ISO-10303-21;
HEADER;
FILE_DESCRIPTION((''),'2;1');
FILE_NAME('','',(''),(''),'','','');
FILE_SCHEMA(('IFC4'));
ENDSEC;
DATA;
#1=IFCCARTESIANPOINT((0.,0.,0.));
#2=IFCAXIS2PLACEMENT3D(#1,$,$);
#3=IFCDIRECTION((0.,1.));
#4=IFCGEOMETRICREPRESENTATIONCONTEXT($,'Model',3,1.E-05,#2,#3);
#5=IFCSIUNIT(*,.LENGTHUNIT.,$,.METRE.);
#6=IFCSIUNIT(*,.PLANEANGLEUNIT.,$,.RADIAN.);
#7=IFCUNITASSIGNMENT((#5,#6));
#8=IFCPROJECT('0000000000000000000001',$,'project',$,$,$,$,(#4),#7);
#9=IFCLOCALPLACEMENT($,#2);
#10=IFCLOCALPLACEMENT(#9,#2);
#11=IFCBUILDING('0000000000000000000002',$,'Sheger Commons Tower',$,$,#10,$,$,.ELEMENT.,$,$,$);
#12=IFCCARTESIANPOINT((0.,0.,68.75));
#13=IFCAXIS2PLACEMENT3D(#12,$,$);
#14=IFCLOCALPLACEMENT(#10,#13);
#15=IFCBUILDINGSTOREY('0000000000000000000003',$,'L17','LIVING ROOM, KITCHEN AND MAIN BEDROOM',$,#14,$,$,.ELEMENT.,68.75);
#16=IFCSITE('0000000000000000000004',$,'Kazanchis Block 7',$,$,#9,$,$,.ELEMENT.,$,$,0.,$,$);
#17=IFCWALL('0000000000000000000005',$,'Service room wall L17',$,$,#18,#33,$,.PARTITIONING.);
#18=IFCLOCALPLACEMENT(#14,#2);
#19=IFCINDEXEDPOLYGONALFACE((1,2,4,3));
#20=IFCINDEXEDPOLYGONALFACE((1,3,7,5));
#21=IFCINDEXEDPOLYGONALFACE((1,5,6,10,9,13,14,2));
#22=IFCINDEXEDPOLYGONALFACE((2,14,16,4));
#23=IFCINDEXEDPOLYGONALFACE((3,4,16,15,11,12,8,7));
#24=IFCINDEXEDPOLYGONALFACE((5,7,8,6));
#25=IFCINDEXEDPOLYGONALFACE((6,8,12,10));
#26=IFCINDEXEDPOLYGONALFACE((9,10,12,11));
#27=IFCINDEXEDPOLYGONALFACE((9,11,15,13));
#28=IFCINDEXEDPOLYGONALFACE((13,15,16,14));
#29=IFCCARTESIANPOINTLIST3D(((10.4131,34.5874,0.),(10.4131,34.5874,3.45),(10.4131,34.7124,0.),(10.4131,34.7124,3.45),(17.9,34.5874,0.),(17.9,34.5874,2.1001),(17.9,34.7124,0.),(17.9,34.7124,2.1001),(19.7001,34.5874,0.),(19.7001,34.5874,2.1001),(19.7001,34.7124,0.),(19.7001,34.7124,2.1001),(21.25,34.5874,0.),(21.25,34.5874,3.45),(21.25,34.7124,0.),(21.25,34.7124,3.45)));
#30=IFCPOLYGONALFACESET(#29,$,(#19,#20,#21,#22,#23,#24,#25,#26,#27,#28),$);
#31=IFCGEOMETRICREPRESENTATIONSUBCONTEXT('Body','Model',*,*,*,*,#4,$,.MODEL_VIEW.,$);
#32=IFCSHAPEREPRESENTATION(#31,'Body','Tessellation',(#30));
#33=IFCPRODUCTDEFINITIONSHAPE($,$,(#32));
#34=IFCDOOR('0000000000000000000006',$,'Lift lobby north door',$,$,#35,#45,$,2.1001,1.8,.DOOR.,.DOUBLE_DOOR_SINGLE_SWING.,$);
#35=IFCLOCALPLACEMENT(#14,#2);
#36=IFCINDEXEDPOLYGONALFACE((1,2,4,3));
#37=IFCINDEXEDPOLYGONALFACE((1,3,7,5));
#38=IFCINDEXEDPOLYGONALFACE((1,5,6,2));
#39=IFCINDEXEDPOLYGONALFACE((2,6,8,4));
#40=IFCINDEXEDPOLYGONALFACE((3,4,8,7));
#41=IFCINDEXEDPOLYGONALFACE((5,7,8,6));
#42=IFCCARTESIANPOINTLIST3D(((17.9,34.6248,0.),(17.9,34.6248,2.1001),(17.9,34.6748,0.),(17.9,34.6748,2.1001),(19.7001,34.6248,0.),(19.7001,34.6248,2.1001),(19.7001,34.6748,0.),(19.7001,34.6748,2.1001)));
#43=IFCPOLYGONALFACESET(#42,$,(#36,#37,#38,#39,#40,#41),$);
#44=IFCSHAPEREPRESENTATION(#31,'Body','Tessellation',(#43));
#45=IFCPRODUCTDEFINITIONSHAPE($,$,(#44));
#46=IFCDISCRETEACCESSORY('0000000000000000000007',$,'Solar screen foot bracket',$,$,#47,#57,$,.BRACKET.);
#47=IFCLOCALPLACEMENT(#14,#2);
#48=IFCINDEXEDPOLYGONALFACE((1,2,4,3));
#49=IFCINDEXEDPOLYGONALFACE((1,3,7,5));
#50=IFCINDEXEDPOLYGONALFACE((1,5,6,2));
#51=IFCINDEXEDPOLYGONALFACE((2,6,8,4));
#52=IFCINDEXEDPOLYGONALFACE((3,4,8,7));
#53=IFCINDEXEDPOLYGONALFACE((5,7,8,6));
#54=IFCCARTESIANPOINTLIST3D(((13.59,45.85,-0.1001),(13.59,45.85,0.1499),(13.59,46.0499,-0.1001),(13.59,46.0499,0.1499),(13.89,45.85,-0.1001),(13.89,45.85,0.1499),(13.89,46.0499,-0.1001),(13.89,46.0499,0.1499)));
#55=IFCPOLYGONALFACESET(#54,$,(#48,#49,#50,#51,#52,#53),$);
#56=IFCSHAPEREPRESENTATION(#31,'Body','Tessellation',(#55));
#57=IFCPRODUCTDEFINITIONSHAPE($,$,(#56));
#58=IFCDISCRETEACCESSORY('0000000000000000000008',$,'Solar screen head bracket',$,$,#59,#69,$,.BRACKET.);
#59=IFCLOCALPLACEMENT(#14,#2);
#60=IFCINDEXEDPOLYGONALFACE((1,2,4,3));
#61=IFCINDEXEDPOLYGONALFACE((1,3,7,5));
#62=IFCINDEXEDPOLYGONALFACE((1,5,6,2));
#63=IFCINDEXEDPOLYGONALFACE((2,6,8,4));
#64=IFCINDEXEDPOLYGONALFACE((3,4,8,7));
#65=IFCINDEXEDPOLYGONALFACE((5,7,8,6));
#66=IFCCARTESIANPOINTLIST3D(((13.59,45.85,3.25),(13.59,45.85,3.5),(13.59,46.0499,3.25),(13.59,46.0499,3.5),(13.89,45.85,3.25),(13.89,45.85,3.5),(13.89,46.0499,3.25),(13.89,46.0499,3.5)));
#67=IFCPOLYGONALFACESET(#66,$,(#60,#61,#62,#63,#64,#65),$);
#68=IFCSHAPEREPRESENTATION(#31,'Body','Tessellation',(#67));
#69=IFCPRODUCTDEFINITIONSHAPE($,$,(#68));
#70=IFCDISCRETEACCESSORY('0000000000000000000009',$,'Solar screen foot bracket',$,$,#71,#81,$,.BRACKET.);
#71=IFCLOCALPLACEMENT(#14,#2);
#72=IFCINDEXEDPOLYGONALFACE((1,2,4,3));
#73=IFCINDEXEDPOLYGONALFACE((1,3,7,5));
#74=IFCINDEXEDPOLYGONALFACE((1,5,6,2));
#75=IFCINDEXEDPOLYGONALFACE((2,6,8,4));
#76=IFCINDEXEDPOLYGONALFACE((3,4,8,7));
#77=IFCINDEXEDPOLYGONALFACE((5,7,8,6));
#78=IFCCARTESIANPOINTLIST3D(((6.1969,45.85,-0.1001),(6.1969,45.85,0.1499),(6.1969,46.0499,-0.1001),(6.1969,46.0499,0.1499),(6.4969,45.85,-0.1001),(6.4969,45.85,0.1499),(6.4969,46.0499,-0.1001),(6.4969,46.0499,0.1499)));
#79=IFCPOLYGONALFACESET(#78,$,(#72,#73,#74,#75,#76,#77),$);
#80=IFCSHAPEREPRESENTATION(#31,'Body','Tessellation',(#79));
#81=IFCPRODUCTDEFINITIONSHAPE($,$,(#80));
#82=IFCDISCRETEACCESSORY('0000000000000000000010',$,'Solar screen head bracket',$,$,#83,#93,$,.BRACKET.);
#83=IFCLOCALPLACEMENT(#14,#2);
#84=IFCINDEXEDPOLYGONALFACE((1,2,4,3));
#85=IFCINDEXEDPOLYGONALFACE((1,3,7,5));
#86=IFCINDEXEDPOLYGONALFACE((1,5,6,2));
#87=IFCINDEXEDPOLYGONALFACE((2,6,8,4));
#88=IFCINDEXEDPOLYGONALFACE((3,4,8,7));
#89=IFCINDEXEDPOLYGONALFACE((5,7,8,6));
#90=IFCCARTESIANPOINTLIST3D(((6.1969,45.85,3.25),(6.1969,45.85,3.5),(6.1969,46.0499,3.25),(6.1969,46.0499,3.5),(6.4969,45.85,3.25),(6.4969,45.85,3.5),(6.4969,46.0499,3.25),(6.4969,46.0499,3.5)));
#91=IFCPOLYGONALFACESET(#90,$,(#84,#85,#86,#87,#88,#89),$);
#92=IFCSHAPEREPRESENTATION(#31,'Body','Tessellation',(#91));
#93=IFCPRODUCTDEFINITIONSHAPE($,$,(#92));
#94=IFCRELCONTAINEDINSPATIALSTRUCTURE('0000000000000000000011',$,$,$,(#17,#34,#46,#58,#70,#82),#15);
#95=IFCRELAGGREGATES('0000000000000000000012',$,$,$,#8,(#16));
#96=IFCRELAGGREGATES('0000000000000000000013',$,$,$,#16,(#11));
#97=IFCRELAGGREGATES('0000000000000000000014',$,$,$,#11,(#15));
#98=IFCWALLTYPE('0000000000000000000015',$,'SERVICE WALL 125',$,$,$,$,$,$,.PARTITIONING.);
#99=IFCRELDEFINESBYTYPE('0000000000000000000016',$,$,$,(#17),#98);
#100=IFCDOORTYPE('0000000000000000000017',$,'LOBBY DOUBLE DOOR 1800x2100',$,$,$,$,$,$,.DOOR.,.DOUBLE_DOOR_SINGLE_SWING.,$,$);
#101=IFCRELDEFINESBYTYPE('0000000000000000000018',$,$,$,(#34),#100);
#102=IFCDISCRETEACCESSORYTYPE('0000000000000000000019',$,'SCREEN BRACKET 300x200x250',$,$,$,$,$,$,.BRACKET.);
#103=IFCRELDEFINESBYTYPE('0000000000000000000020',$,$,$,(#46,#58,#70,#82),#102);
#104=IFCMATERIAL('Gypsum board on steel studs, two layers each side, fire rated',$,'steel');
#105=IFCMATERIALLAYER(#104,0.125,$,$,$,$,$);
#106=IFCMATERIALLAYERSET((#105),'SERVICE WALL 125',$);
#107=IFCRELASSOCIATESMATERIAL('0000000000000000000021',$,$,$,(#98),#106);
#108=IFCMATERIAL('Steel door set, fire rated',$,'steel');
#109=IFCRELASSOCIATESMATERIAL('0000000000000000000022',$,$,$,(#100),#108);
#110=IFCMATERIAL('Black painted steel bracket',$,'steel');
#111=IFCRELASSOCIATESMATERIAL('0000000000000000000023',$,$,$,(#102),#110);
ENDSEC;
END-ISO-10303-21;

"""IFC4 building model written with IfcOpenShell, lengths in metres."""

from ifc_helpers import new_model, si_unit, direction, frame, frame_2d, origin, origin_2d, place, context, subcontext, project, spatial, rectangle, extrude, material, layer, layer_set, type_object, element, fill, save


model = new_model("IFC4")

# Units and contexts
model_context = context("Model", 3, precision=1e-05, world=origin(), true_north=direction((0.0, 1.0)))
body_context = subcontext(model_context, "Body", "Model", "MODEL_VIEW")
ifc_project = project(units=[si_unit("LENGTHUNIT", "METRE"), si_unit("PLANEANGLEUNIT", "RADIAN")], contexts=[model_context])

# Site, building, storey
site_placement = place(None, origin())
site = spatial("IfcSite", under=ifc_project, at=site_placement, Name="Kazanchis Block 7", CompositionType="ELEMENT", RefElevation=0.0)
building_placement = place(site_placement, origin())
building = spatial("IfcBuilding", under=site, at=building_placement, Name="Sheger Commons Tower", CompositionType="ELEMENT")
storey_placement = place(building_placement, frame((0.0, 0.0, 68.75)))
storey = spatial("IfcBuildingStorey", under=building, at=storey_placement, Name="L17", Description="LIVING ROOM, KITCHEN AND MAIN BEDROOM", CompositionType="ELEMENT", Elevation=68.75)

# Wall, opening, door
ifc_material_1 = material(Name="Gypsum board on steel studs, two layers each side, fire rated", Category="steel")
ifc_layer_1 = layer(ifc_material_1, 0.125)
ifc_layer_set_1 = layer_set([ifc_layer_1], Name="SERVICE WALL 125")
wall_type_1 = type_object("IfcWallType", Name="SERVICE WALL 125", PredefinedType="PARTITIONING", material=ifc_layer_set_1)
wall_1_placement = place(storey_placement, frame((10.4131, 34.6499, 0.0), z_axis=(0.0, 0.0, 1.0), x_axis=(1.0, 0.0, 0.0)))
wall_1 = element("IfcWall", 1, at=wall_1_placement, inside=storey, type_object=wall_type_1, Name="Service room wall L17", PredefinedType="PARTITIONING", context=body_context, shape_type="SweptSolid", body=[
    extrude(rectangle(XDim=10.8369, YDim=0.125, at=frame_2d((5.4185, 0.0))), origin(), (0.0, 0.0, 1.0), 3.45),
])
opening_1_placement = place(wall_1_placement, frame((7.4871, 0.0, 0.0)))
opening_1 = element("IfcOpeningElement", 2, at=opening_1_placement, cuts=wall_1, PredefinedType="OPENING", context=body_context, shape_type="SweptSolid", body=[
    extrude(rectangle(XDim=1.8, YDim=2.1001, at=frame_2d((0.8999, 1.05))), frame((0.0, 0.0725, 0.0), z_axis=(0.0, -1.0, 0.0), x_axis=(1.0, 0.0, 0.0)), (0.0, 0.0, 1.0), 0.145),
])
ifc_material_2 = material(Name="Steel door set, fire rated", Category="steel")
door_type_1 = type_object("IfcDoorType", Name="LOBBY DOUBLE DOOR 1800x2100", OperationType="DOUBLE_DOOR_SINGLE_SWING", PredefinedType="DOOR", material=ifc_material_2)
door_1_placement = place(opening_1_placement, origin())
door_1 = element("IfcDoor", 3, at=door_1_placement, inside=storey, type_object=door_type_1, Name="Lift lobby north door", OperationType="DOUBLE_DOOR_SINGLE_SWING", OverallHeight=2.1001, OverallWidth=1.8, PredefinedType="DOOR", context=body_context, shape_type="SweptSolid", body=[
    extrude(rectangle(XDim=1.8, YDim=2.1001, at=frame_2d((0.8999, 1.05))), frame((0.0, 0.0249, 0.0), z_axis=(0.0, -1.0, 0.0), x_axis=(1.0, 0.0, 0.0)), (0.0, 0.0, 1.0), 0.05),
])
fill(opening_1, door_1)

# Discrete accessories
ifc_material_3 = material(Name="Black painted steel bracket", Category="steel")
discrete_accessory_type = type_object("IfcDiscreteAccessoryType", Name="SCREEN BRACKET 300x200x250", PredefinedType="BRACKET", material=ifc_material_3)
for number, where, z_axis, x_axis, name in (
    (4, (13.74, 45.95, -0.1001), (0.0, 0.0, 1.0), (-1.0, 0.0, 0.0), "Solar screen foot bracket"),
    (5, (13.74, 45.95, 3.25), (0.0, 0.0, 1.0), (-1.0, 0.0, 0.0), "Solar screen head bracket"),
    (6, (6.3469, 45.95, -0.1001), (0.0, 0.0, 1.0), (-1.0, 0.0, 0.0), "Solar screen foot bracket"),
    (7, (6.3469, 45.95, 3.25), (0.0, 0.0, 1.0), (-1.0, 0.0, 0.0), "Solar screen head bracket"),
):
    element("IfcDiscreteAccessory", number, at=place(storey_placement, frame(where, z_axis=z_axis, x_axis=x_axis)), inside=storey, type_object=discrete_accessory_type, Name=name, PredefinedType="BRACKET", context=body_context, shape_type="SweptSolid", body=[
        extrude(rectangle(XDim=0.3, YDim=0.2, at=origin_2d()), origin(), (0.0, 0.0, 1.0), 0.25),
    ])

save(model, "model.ifc")
